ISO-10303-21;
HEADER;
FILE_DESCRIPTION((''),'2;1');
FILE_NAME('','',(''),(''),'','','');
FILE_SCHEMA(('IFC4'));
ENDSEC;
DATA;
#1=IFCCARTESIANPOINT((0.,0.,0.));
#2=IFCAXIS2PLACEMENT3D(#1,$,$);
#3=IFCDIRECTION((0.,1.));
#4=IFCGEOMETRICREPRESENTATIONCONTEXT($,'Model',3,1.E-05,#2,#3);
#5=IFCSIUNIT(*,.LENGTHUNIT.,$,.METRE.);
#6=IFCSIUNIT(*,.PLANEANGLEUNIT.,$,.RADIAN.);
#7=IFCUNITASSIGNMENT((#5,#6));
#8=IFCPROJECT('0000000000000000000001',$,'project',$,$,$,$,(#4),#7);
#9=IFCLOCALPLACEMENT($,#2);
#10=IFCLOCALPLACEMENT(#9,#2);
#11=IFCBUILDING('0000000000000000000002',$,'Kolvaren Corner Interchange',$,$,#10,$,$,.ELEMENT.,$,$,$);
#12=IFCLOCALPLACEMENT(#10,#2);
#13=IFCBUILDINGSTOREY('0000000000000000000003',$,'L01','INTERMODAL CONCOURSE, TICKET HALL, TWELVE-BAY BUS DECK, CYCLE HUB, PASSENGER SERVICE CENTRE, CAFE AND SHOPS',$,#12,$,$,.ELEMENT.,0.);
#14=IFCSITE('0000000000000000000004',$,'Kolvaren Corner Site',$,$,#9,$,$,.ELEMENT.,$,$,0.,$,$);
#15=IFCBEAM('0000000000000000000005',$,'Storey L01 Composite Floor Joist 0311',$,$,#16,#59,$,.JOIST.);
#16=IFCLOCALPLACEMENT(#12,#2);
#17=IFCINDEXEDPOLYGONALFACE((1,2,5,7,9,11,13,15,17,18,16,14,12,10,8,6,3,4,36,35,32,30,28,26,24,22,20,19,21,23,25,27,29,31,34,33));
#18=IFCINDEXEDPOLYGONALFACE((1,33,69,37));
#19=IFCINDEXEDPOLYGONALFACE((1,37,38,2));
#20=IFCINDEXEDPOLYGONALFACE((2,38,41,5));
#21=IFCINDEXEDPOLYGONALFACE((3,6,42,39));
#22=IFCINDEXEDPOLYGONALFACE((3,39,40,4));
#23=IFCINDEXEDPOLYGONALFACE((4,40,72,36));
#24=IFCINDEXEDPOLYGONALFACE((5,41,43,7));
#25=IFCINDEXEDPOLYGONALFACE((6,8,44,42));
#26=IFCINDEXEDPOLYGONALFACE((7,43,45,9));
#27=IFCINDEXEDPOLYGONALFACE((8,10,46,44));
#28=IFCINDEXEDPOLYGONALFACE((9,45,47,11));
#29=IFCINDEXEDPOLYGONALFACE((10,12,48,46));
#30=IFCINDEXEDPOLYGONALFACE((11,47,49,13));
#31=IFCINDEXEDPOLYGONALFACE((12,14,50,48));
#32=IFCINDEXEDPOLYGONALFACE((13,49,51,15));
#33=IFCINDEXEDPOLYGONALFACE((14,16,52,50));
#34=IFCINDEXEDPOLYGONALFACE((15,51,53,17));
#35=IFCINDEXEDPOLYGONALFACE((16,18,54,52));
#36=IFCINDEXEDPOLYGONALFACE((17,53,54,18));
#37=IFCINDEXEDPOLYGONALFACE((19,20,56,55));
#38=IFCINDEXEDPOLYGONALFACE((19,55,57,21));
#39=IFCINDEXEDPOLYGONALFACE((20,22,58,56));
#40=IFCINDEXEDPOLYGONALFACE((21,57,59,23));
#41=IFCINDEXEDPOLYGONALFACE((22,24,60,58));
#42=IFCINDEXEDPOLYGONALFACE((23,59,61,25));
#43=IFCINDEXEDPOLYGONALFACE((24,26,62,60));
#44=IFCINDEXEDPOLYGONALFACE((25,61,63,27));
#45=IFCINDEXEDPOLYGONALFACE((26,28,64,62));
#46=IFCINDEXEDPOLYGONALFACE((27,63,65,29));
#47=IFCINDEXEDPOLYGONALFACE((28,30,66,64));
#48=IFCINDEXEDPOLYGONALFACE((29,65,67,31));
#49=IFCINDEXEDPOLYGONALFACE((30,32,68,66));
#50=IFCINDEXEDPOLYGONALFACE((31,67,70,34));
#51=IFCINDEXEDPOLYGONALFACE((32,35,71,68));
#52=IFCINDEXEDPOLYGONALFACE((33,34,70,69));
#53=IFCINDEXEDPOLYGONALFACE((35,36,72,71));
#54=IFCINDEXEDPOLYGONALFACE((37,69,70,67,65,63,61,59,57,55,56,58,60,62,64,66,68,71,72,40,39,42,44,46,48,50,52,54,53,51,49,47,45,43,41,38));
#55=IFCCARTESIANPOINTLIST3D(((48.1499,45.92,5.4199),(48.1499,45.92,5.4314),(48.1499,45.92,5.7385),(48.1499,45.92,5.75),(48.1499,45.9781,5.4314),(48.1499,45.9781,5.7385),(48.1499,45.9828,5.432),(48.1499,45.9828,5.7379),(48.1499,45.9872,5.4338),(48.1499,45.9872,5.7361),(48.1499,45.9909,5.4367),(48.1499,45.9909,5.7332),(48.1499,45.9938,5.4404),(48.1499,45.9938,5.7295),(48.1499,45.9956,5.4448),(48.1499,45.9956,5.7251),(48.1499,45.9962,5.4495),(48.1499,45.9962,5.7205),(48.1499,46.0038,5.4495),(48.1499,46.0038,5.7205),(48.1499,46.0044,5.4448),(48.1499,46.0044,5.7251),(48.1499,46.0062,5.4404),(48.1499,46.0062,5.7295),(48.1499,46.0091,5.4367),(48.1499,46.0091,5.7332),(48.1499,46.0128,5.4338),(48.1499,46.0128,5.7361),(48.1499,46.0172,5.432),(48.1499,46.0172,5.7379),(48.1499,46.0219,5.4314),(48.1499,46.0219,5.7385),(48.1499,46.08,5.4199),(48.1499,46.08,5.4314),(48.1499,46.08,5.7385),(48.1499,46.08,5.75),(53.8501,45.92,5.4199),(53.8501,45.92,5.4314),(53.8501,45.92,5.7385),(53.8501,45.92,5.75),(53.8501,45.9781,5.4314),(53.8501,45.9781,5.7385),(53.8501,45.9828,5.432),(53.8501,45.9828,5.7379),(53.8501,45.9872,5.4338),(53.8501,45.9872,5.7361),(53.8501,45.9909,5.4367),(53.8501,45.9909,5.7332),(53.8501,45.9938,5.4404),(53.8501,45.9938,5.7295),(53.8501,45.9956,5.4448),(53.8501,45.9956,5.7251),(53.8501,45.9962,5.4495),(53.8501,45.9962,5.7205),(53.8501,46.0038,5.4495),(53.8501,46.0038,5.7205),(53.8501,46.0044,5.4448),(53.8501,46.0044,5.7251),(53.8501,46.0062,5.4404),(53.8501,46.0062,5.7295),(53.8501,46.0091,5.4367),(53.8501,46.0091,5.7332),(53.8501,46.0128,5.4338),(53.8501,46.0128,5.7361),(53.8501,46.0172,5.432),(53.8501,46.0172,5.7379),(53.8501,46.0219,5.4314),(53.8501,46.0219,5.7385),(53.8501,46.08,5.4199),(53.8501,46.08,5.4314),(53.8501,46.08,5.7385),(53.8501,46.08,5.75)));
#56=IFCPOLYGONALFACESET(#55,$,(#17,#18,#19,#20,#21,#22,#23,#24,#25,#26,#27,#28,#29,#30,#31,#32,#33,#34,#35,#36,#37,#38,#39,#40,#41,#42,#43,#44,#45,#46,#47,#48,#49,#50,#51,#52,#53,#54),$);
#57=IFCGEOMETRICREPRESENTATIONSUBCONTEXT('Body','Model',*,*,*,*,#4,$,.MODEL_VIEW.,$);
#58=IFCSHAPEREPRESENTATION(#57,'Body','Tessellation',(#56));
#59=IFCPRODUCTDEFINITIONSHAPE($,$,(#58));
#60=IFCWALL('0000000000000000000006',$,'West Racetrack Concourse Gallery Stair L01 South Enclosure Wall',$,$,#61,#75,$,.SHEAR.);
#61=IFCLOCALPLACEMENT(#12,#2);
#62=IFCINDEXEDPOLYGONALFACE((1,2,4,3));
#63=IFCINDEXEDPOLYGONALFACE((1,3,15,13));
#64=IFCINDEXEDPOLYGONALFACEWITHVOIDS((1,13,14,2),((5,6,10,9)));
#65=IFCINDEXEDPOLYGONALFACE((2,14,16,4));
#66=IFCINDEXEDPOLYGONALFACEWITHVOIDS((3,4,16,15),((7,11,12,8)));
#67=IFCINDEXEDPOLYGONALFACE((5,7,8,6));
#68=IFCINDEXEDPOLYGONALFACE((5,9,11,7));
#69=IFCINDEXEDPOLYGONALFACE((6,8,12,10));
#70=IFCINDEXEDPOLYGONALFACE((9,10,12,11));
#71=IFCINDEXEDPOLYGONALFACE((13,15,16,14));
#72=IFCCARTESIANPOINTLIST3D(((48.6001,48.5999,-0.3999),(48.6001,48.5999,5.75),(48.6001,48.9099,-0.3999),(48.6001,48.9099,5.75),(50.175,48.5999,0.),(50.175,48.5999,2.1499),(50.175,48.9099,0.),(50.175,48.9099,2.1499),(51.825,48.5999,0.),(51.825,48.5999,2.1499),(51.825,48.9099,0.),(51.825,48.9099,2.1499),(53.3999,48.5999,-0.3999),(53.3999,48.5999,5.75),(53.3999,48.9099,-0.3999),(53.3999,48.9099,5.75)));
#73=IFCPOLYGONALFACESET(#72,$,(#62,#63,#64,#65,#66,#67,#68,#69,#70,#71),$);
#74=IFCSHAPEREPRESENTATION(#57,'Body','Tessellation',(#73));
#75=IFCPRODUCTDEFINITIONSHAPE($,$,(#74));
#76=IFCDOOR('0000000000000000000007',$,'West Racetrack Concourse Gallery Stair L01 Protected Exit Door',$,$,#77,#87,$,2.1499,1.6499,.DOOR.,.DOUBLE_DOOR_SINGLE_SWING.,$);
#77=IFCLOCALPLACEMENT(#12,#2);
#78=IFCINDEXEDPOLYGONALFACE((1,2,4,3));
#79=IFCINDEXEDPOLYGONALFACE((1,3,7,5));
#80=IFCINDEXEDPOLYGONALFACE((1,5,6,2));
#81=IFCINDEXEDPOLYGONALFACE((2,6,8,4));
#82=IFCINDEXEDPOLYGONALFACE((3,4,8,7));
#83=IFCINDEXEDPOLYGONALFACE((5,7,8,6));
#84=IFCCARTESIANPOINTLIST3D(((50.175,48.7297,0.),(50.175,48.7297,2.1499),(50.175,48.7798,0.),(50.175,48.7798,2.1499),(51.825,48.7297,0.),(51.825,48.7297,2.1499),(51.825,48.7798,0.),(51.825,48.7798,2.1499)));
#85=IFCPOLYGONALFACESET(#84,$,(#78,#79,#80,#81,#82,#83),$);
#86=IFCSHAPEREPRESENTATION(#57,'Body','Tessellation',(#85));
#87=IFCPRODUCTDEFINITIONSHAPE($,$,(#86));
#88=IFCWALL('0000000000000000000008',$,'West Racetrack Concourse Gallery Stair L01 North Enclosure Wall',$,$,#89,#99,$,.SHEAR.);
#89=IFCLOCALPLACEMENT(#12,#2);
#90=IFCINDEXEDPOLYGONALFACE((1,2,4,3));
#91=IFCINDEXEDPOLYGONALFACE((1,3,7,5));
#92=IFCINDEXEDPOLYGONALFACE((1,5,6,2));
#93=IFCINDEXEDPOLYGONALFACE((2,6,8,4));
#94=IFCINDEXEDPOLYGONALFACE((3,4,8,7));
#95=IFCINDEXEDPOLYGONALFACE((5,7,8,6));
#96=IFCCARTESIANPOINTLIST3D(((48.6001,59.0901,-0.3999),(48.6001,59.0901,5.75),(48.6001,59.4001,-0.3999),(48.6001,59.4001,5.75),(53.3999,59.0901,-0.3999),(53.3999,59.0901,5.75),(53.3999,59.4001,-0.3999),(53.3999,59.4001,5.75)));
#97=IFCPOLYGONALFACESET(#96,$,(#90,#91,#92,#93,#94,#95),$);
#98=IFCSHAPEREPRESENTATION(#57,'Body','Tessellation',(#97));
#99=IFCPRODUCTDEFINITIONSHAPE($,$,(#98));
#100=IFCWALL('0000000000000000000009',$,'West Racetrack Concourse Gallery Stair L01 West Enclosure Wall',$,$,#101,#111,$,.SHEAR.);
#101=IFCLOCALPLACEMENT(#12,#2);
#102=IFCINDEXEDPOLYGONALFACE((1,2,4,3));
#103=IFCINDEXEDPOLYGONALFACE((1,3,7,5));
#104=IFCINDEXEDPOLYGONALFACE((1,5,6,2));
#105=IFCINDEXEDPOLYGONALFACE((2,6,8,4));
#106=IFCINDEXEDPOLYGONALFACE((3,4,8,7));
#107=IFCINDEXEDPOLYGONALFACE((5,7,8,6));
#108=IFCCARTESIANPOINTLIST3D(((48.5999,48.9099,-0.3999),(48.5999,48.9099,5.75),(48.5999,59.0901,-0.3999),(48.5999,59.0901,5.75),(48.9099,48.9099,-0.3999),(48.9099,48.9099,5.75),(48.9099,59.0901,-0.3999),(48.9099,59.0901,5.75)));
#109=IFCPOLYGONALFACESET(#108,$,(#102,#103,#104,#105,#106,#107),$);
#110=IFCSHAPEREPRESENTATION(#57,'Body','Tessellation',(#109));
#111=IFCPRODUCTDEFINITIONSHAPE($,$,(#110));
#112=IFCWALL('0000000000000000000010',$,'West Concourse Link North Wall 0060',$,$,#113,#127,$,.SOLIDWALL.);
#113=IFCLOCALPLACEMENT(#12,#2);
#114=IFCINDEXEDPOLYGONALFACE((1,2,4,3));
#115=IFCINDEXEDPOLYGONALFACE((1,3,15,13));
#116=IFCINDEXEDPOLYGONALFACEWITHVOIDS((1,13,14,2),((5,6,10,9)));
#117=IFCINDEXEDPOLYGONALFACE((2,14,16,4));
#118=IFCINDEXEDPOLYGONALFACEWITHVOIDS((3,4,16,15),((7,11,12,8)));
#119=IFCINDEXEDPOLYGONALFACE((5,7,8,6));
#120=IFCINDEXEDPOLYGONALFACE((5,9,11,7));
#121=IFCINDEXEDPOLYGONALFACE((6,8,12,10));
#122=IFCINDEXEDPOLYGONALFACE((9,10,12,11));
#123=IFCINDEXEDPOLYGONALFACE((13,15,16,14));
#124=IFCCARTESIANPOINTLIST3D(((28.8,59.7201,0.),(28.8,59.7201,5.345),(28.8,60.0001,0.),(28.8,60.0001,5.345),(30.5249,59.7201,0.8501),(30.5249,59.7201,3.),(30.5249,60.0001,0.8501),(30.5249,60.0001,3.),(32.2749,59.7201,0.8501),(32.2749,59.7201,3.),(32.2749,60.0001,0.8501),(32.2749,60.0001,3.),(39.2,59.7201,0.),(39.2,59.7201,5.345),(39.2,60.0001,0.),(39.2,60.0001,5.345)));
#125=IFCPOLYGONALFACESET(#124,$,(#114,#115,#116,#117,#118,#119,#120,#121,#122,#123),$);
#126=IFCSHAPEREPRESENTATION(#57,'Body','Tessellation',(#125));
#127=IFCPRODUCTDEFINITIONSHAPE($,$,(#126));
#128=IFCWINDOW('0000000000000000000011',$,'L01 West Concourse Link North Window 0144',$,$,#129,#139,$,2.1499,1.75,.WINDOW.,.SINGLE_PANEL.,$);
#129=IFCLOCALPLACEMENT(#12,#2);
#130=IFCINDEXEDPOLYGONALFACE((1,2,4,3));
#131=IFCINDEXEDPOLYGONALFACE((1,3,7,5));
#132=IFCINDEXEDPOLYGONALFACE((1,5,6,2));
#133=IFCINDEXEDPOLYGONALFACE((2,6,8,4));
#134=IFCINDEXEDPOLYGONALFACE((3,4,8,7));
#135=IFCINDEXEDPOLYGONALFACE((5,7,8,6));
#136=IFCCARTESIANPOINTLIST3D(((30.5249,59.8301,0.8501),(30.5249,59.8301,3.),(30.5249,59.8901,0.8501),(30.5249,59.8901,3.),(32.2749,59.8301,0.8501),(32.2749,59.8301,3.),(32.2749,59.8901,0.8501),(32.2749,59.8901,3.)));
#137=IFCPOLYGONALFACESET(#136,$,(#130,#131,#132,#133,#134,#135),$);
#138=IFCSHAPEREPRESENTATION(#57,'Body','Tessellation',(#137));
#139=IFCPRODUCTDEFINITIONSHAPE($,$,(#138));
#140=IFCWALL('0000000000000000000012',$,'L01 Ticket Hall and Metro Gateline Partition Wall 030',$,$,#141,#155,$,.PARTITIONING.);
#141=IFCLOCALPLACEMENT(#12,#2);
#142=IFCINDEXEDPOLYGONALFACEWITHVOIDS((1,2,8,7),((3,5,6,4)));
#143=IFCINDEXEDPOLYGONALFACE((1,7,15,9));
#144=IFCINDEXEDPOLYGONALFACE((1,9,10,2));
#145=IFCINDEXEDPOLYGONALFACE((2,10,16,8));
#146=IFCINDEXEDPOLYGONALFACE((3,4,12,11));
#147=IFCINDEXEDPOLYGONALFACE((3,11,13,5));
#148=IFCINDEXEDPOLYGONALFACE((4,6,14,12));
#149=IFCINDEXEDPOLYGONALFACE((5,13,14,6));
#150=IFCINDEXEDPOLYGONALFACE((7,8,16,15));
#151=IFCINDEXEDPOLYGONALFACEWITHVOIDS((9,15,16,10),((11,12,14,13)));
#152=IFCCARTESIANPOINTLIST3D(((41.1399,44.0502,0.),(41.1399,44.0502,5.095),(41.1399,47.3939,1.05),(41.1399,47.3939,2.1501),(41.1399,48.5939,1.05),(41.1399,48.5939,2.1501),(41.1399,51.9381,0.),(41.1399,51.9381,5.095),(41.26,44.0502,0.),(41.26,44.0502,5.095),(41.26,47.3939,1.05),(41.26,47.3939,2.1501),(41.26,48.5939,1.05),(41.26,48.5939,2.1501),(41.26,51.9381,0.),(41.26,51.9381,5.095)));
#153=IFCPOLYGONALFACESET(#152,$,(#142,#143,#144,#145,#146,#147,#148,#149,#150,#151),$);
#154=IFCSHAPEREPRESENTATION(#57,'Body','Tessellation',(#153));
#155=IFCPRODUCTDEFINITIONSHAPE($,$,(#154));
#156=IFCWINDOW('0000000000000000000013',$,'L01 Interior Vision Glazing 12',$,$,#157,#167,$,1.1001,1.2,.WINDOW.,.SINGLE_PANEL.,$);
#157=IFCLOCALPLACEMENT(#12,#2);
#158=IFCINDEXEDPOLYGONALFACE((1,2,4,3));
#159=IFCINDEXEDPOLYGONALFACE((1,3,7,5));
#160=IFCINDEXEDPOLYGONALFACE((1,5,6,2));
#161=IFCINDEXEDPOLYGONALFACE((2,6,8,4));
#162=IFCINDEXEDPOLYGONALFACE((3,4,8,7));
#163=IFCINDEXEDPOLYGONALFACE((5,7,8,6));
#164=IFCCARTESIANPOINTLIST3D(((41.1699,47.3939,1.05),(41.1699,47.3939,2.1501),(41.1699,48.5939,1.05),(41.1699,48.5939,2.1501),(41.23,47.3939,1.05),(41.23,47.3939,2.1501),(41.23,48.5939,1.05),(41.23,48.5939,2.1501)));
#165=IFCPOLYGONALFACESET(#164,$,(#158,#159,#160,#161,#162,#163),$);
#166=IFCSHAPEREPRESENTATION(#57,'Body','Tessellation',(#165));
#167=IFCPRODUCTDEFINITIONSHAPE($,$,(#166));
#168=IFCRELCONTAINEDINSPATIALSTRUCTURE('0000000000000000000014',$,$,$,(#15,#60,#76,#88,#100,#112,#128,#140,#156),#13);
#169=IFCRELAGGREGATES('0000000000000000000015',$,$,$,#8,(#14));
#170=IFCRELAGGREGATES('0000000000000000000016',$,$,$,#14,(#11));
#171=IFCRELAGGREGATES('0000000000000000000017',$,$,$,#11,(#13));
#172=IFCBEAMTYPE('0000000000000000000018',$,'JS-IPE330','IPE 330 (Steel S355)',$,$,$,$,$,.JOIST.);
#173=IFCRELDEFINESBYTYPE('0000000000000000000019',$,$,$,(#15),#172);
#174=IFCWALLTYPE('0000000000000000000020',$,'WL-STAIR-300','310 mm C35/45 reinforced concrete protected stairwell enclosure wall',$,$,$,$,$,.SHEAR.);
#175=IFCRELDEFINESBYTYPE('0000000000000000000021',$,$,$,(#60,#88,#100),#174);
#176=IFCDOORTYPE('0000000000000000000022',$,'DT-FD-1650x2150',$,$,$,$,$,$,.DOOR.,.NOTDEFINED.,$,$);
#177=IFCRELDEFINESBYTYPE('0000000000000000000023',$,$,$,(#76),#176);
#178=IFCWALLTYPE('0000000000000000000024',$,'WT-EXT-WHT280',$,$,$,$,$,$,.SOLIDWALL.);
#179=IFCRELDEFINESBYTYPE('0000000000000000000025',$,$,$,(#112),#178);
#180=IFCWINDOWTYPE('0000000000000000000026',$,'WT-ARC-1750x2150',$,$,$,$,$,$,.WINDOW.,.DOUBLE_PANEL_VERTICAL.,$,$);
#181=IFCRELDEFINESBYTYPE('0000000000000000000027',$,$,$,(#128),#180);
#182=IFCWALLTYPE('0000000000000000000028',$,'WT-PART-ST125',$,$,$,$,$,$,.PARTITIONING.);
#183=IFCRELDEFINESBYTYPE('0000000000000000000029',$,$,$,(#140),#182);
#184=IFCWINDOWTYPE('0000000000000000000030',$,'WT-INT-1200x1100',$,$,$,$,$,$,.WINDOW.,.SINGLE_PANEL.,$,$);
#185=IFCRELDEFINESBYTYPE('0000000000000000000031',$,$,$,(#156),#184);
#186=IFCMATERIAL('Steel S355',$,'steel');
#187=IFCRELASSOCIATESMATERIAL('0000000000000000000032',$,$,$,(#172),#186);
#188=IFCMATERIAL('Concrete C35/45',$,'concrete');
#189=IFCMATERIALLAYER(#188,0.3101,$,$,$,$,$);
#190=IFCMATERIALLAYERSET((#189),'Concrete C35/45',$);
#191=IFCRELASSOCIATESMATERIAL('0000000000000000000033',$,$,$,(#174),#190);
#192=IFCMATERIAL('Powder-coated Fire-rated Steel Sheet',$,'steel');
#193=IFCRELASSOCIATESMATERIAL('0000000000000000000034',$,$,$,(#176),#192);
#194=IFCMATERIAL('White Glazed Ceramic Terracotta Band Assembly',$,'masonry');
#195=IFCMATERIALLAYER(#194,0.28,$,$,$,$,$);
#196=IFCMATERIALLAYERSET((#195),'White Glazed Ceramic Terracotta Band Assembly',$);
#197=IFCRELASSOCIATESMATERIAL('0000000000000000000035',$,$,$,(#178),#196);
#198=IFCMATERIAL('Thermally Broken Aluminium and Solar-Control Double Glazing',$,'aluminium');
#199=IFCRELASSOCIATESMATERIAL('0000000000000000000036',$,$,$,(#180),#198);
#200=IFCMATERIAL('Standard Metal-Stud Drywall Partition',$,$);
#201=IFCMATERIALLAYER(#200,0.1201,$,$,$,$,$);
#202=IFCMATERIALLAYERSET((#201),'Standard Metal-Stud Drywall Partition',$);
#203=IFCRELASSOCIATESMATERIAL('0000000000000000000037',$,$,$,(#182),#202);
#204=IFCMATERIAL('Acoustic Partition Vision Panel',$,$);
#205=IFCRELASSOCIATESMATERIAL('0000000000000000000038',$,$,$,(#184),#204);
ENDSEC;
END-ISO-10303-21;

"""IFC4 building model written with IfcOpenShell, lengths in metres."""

from ifc_helpers import new_model, si_unit, direction, frame, frame_2d, origin, origin_2d, place, context, subcontext, project, spatial, rectangle, i_section, extrude, material, layer, layer_set, material_profile, profile_set, type_object, element, fill, save


model = new_model("IFC4")

# Units and contexts
model_context = context("Model", 3, precision=1e-05, world=origin(), true_north=direction((0.0, 1.0)))
body_context = subcontext(model_context, "Body", "Model", "MODEL_VIEW")
ifc_project = project(units=[si_unit("LENGTHUNIT", "METRE"), si_unit("PLANEANGLEUNIT", "RADIAN")], contexts=[model_context])

# Site, building, storey
site_placement = place(None, origin())
site = spatial("IfcSite", under=ifc_project, at=site_placement, Name="Kolvaren Corner Site", CompositionType="ELEMENT", RefElevation=0.0)
building_placement = place(site_placement, origin())
building = spatial("IfcBuilding", under=site, at=building_placement, Name="Kolvaren Corner Interchange", CompositionType="ELEMENT")
storey_placement = place(building_placement, origin())
storey = spatial("IfcBuildingStorey", under=building, at=storey_placement, Name="L01", Description="INTERMODAL CONCOURSE, TICKET HALL, TWELVE-BAY BUS DECK, CYCLE HUB, PASSENGER SERVICE CENTRE, CAFE AND SHOPS", CompositionType="ELEMENT", Elevation=0.0)

# Beam
ifc_material_1 = material(Name="Steel S355", Category="steel")
ifc_material_profile_1 = material_profile(ifc_material_1, i_section(OverallWidth=0.1599, OverallDepth=0.3301, WebThickness=0.0076, FlangeThickness=0.0115, FilletRadius=0.0181, at=origin_2d()), Name="IPE 330")
ifc_profile_set_1 = profile_set([ifc_material_profile_1], Name="Steel S355")
beam_type_1 = type_object("IfcBeamType", Name="JS-IPE330", Description="IPE 330 (Steel S355)", PredefinedType="JOIST", material=ifc_profile_set_1)
for number, where, z_axis, x_axis, name in (
    (1, (48.1499, 46.0, 5.585), (1.0, 0.0, 0.0), (0.0, 1.0, 0.0), "Storey L01 Composite Floor Joist 0311"),
):
    element("IfcBeam", number, at=place(storey_placement, frame(where, z_axis=z_axis, x_axis=x_axis)), inside=storey, type_object=beam_type_1, Name=name, PredefinedType="JOIST", context=body_context, shape_type="SweptSolid", body=[
        extrude(i_section(OverallWidth=0.1599, OverallDepth=0.3301, WebThickness=0.0076, FlangeThickness=0.0115, FilletRadius=0.0181, at=origin_2d()), origin(), (0.0, 0.0, 1.0), 5.7002),
    ])

# Wall, opening, door
ifc_material_2 = material(Name="Concrete C35/45", Category="concrete")
ifc_layer_1 = layer(ifc_material_2, 0.3101)
ifc_layer_set_1 = layer_set([ifc_layer_1], Name="Concrete C35/45")
wall_type_1 = type_object("IfcWallType", Name="WL-STAIR-300", Description="310 mm C35/45 reinforced concrete protected stairwell enclosure wall", PredefinedType="SHEAR", material=ifc_layer_set_1)
wall_1_placement = place(storey_placement, frame((48.6001, 48.7549, -0.3999), z_axis=(0.0, 0.0, 1.0), x_axis=(1.0, 0.0, 0.0)))
wall_1 = element("IfcWall", 2, at=wall_1_placement, inside=storey, type_object=wall_type_1, Name="West Racetrack Concourse Gallery Stair L01 South Enclosure Wall", PredefinedType="SHEAR", context=body_context, shape_type="SweptSolid", body=[
    extrude(rectangle(XDim=4.7998, YDim=0.3101, at=frame_2d((2.3999, 0.0))), origin(), (0.0, 0.0, 1.0), 6.1499),
])
opening_1_placement = place(wall_1_placement, frame((1.575, 0.0, 0.3999)))
opening_1 = element("IfcOpeningElement", 3, at=opening_1_placement, cuts=wall_1, PredefinedType="OPENING", context=body_context, shape_type="SweptSolid", body=[
    extrude(rectangle(XDim=1.6499, YDim=2.1499, at=frame_2d((0.825, 1.075))), frame((0.0, 0.165, 0.0), z_axis=(0.0, -1.0, 0.0), x_axis=(1.0, 0.0, 0.0)), (0.0, 0.0, 1.0), 0.3301),
])
ifc_material_3 = material(Name="Powder-coated Fire-rated Steel Sheet", Category="steel")
door_type = type_object("IfcDoorType", Name="DT-FD-1650x2150", OperationType="NOTDEFINED", PredefinedType="DOOR", material=ifc_material_3)
door_placement = place(opening_1_placement, origin())
door = element("IfcDoor", 4, at=door_placement, inside=storey, type_object=door_type, Name="West Racetrack Concourse Gallery Stair L01 Protected Exit Door", OperationType="DOUBLE_DOOR_SINGLE_SWING", OverallHeight=2.1499, OverallWidth=1.6499, PredefinedType="DOOR", context=body_context, shape_type="SweptSolid", body=[
    extrude(rectangle(XDim=1.6499, YDim=2.1499, at=frame_2d((0.825, 1.075))), frame((0.0, 0.0249, 0.0), z_axis=(0.0, -1.0, 0.0), x_axis=(1.0, 0.0, 0.0)), (0.0, 0.0, 1.0), 0.05),
])
fill(opening_1, door)

# Walls
wall_2_placement = place(storey_placement, frame((48.6001, 59.2451, -0.3999), z_axis=(0.0, 0.0, 1.0), x_axis=(1.0, 0.0, 0.0)))
element("IfcWall", 5, at=wall_2_placement, inside=storey, type_object=wall_type_1, Name="West Racetrack Concourse Gallery Stair L01 North Enclosure Wall", PredefinedType="SHEAR", context=body_context, shape_type="SweptSolid", body=[
    extrude(rectangle(XDim=4.7998, YDim=0.3101, at=frame_2d((2.3999, 0.0))), origin(), (0.0, 0.0, 1.0), 6.1499),
])
wall_3_placement = place(storey_placement, frame((48.7549, 48.9099, -0.3999), z_axis=(0.0, 0.0, 1.0), x_axis=(0.0, 1.0, 0.0)))
element("IfcWall", 6, at=wall_3_placement, inside=storey, type_object=wall_type_1, Name="West Racetrack Concourse Gallery Stair L01 West Enclosure Wall", PredefinedType="SHEAR", context=body_context, shape_type="SweptSolid", body=[
    extrude(rectangle(XDim=10.1802, YDim=0.3101, at=frame_2d((5.0901, 0.0))), origin(), (0.0, 0.0, 1.0), 6.1499),
])

# Walls, openings, windows
ifc_material_4 = material(Name="White Glazed Ceramic Terracotta Band Assembly", Category="masonry")
ifc_layer_2 = layer(ifc_material_4, 0.28)
ifc_layer_set_2 = layer_set([ifc_layer_2], Name="White Glazed Ceramic Terracotta Band Assembly")
wall_type_2 = type_object("IfcWallType", Name="WT-EXT-WHT280", PredefinedType="SOLIDWALL", material=ifc_layer_set_2)
wall_4_placement = place(storey_placement, frame((39.2, 59.8601, 0.0), z_axis=(0.0, 0.0, 1.0), x_axis=(-1.0, 0.0, 0.0)))
wall_4 = element("IfcWall", 7, at=wall_4_placement, inside=storey, type_object=wall_type_2, Name="West Concourse Link North Wall 0060", PredefinedType="SOLIDWALL", context=body_context, shape_type="SweptSolid", body=[
    extrude(rectangle(XDim=10.3999, YDim=0.28, at=frame_2d((5.2, 0.0))), origin(), (0.0, 0.0, 1.0), 5.345),
])
opening_2_placement = place(wall_4_placement, frame((6.925, 0.0, 0.8501)))
opening_2 = element("IfcOpeningElement", 8, at=opening_2_placement, cuts=wall_4, PredefinedType="OPENING", context=body_context, shape_type="SweptSolid", body=[
    extrude(rectangle(XDim=1.75, YDim=2.1499, at=frame_2d((0.875, 1.075))), frame((0.0, 0.1499, 0.0), z_axis=(0.0, -1.0, 0.0), x_axis=(1.0, 0.0, 0.0)), (0.0, 0.0, 1.0), 0.3),
])
ifc_material_5 = material(Name="Thermally Broken Aluminium and Solar-Control Double Glazing", Category="aluminium")
window_type_1 = type_object("IfcWindowType", Name="WT-ARC-1750x2150", PartitioningType="DOUBLE_PANEL_VERTICAL", PredefinedType="WINDOW", material=ifc_material_5)
window_1_placement = place(opening_2_placement, origin())
window_1 = element("IfcWindow", 9, at=window_1_placement, inside=storey, type_object=window_type_1, Name="L01 West Concourse Link North Window 0144", OverallHeight=2.1499, OverallWidth=1.75, PartitioningType="SINGLE_PANEL", PredefinedType="WINDOW", context=body_context, shape_type="SweptSolid", body=[
    extrude(rectangle(XDim=1.75, YDim=2.1499, at=frame_2d((0.875, 1.075))), frame((0.0, 0.03, 0.0), z_axis=(0.0, -1.0, 0.0), x_axis=(1.0, 0.0, 0.0)), (0.0, 0.0, 1.0), 0.0601),
])
fill(opening_2, window_1)
ifc_material_6 = material(Name="Standard Metal-Stud Drywall Partition")
ifc_layer_3 = layer(ifc_material_6, 0.1201)
ifc_layer_set_3 = layer_set([ifc_layer_3], Name="Standard Metal-Stud Drywall Partition")
wall_type_3 = type_object("IfcWallType", Name="WT-PART-ST125", PredefinedType="PARTITIONING", material=ifc_layer_set_3)
wall_5_placement = place(storey_placement, frame((41.2, 51.938, 0.0), z_axis=(0.0, 0.0, 1.0), x_axis=(0.0, -1.0, 0.0)))
wall_5 = element("IfcWall", 10, at=wall_5_placement, inside=storey, type_object=wall_type_3, Name="L01 Ticket Hall and Metro Gateline Partition Wall 030", PredefinedType="PARTITIONING", context=body_context, shape_type="SweptSolid", body=[
    extrude(rectangle(XDim=7.8879, YDim=0.1201, at=frame_2d((3.9438, 0.0))), origin(), (0.0, 0.0, 1.0), 5.095),
])
opening_3_placement = place(wall_5_placement, frame((3.344, 0.0, 1.05)))
opening_3 = element("IfcOpeningElement", 11, at=opening_3_placement, cuts=wall_5, PredefinedType="OPENING", context=body_context, shape_type="SweptSolid", body=[
    extrude(rectangle(XDim=1.2, YDim=1.1001, at=frame_2d((0.6001, 0.55))), frame((0.0, 0.0701, 0.0), z_axis=(0.0, -1.0, 0.0), x_axis=(1.0, 0.0, 0.0)), (0.0, 0.0, 1.0), 0.1401),
])
ifc_material_7 = material(Name="Acoustic Partition Vision Panel")
window_type_2 = type_object("IfcWindowType", Name="WT-INT-1200x1100", PartitioningType="SINGLE_PANEL", PredefinedType="WINDOW", material=ifc_material_7)
window_2_placement = place(opening_3_placement, origin())
window_2 = element("IfcWindow", 12, at=window_2_placement, inside=storey, type_object=window_type_2, Name="L01 Interior Vision Glazing 12", OverallHeight=1.1001, OverallWidth=1.2, PartitioningType="SINGLE_PANEL", PredefinedType="WINDOW", context=body_context, shape_type="SweptSolid", body=[
    extrude(rectangle(XDim=1.2, YDim=1.1001, at=frame_2d((0.6001, 0.55))), frame((0.0, 0.03, 0.0), z_axis=(0.0, -1.0, 0.0), x_axis=(1.0, 0.0, 0.0)), (0.0, 0.0, 1.0), 0.0601),
])
fill(opening_3, window_2)

save(model, "model.ifc")
